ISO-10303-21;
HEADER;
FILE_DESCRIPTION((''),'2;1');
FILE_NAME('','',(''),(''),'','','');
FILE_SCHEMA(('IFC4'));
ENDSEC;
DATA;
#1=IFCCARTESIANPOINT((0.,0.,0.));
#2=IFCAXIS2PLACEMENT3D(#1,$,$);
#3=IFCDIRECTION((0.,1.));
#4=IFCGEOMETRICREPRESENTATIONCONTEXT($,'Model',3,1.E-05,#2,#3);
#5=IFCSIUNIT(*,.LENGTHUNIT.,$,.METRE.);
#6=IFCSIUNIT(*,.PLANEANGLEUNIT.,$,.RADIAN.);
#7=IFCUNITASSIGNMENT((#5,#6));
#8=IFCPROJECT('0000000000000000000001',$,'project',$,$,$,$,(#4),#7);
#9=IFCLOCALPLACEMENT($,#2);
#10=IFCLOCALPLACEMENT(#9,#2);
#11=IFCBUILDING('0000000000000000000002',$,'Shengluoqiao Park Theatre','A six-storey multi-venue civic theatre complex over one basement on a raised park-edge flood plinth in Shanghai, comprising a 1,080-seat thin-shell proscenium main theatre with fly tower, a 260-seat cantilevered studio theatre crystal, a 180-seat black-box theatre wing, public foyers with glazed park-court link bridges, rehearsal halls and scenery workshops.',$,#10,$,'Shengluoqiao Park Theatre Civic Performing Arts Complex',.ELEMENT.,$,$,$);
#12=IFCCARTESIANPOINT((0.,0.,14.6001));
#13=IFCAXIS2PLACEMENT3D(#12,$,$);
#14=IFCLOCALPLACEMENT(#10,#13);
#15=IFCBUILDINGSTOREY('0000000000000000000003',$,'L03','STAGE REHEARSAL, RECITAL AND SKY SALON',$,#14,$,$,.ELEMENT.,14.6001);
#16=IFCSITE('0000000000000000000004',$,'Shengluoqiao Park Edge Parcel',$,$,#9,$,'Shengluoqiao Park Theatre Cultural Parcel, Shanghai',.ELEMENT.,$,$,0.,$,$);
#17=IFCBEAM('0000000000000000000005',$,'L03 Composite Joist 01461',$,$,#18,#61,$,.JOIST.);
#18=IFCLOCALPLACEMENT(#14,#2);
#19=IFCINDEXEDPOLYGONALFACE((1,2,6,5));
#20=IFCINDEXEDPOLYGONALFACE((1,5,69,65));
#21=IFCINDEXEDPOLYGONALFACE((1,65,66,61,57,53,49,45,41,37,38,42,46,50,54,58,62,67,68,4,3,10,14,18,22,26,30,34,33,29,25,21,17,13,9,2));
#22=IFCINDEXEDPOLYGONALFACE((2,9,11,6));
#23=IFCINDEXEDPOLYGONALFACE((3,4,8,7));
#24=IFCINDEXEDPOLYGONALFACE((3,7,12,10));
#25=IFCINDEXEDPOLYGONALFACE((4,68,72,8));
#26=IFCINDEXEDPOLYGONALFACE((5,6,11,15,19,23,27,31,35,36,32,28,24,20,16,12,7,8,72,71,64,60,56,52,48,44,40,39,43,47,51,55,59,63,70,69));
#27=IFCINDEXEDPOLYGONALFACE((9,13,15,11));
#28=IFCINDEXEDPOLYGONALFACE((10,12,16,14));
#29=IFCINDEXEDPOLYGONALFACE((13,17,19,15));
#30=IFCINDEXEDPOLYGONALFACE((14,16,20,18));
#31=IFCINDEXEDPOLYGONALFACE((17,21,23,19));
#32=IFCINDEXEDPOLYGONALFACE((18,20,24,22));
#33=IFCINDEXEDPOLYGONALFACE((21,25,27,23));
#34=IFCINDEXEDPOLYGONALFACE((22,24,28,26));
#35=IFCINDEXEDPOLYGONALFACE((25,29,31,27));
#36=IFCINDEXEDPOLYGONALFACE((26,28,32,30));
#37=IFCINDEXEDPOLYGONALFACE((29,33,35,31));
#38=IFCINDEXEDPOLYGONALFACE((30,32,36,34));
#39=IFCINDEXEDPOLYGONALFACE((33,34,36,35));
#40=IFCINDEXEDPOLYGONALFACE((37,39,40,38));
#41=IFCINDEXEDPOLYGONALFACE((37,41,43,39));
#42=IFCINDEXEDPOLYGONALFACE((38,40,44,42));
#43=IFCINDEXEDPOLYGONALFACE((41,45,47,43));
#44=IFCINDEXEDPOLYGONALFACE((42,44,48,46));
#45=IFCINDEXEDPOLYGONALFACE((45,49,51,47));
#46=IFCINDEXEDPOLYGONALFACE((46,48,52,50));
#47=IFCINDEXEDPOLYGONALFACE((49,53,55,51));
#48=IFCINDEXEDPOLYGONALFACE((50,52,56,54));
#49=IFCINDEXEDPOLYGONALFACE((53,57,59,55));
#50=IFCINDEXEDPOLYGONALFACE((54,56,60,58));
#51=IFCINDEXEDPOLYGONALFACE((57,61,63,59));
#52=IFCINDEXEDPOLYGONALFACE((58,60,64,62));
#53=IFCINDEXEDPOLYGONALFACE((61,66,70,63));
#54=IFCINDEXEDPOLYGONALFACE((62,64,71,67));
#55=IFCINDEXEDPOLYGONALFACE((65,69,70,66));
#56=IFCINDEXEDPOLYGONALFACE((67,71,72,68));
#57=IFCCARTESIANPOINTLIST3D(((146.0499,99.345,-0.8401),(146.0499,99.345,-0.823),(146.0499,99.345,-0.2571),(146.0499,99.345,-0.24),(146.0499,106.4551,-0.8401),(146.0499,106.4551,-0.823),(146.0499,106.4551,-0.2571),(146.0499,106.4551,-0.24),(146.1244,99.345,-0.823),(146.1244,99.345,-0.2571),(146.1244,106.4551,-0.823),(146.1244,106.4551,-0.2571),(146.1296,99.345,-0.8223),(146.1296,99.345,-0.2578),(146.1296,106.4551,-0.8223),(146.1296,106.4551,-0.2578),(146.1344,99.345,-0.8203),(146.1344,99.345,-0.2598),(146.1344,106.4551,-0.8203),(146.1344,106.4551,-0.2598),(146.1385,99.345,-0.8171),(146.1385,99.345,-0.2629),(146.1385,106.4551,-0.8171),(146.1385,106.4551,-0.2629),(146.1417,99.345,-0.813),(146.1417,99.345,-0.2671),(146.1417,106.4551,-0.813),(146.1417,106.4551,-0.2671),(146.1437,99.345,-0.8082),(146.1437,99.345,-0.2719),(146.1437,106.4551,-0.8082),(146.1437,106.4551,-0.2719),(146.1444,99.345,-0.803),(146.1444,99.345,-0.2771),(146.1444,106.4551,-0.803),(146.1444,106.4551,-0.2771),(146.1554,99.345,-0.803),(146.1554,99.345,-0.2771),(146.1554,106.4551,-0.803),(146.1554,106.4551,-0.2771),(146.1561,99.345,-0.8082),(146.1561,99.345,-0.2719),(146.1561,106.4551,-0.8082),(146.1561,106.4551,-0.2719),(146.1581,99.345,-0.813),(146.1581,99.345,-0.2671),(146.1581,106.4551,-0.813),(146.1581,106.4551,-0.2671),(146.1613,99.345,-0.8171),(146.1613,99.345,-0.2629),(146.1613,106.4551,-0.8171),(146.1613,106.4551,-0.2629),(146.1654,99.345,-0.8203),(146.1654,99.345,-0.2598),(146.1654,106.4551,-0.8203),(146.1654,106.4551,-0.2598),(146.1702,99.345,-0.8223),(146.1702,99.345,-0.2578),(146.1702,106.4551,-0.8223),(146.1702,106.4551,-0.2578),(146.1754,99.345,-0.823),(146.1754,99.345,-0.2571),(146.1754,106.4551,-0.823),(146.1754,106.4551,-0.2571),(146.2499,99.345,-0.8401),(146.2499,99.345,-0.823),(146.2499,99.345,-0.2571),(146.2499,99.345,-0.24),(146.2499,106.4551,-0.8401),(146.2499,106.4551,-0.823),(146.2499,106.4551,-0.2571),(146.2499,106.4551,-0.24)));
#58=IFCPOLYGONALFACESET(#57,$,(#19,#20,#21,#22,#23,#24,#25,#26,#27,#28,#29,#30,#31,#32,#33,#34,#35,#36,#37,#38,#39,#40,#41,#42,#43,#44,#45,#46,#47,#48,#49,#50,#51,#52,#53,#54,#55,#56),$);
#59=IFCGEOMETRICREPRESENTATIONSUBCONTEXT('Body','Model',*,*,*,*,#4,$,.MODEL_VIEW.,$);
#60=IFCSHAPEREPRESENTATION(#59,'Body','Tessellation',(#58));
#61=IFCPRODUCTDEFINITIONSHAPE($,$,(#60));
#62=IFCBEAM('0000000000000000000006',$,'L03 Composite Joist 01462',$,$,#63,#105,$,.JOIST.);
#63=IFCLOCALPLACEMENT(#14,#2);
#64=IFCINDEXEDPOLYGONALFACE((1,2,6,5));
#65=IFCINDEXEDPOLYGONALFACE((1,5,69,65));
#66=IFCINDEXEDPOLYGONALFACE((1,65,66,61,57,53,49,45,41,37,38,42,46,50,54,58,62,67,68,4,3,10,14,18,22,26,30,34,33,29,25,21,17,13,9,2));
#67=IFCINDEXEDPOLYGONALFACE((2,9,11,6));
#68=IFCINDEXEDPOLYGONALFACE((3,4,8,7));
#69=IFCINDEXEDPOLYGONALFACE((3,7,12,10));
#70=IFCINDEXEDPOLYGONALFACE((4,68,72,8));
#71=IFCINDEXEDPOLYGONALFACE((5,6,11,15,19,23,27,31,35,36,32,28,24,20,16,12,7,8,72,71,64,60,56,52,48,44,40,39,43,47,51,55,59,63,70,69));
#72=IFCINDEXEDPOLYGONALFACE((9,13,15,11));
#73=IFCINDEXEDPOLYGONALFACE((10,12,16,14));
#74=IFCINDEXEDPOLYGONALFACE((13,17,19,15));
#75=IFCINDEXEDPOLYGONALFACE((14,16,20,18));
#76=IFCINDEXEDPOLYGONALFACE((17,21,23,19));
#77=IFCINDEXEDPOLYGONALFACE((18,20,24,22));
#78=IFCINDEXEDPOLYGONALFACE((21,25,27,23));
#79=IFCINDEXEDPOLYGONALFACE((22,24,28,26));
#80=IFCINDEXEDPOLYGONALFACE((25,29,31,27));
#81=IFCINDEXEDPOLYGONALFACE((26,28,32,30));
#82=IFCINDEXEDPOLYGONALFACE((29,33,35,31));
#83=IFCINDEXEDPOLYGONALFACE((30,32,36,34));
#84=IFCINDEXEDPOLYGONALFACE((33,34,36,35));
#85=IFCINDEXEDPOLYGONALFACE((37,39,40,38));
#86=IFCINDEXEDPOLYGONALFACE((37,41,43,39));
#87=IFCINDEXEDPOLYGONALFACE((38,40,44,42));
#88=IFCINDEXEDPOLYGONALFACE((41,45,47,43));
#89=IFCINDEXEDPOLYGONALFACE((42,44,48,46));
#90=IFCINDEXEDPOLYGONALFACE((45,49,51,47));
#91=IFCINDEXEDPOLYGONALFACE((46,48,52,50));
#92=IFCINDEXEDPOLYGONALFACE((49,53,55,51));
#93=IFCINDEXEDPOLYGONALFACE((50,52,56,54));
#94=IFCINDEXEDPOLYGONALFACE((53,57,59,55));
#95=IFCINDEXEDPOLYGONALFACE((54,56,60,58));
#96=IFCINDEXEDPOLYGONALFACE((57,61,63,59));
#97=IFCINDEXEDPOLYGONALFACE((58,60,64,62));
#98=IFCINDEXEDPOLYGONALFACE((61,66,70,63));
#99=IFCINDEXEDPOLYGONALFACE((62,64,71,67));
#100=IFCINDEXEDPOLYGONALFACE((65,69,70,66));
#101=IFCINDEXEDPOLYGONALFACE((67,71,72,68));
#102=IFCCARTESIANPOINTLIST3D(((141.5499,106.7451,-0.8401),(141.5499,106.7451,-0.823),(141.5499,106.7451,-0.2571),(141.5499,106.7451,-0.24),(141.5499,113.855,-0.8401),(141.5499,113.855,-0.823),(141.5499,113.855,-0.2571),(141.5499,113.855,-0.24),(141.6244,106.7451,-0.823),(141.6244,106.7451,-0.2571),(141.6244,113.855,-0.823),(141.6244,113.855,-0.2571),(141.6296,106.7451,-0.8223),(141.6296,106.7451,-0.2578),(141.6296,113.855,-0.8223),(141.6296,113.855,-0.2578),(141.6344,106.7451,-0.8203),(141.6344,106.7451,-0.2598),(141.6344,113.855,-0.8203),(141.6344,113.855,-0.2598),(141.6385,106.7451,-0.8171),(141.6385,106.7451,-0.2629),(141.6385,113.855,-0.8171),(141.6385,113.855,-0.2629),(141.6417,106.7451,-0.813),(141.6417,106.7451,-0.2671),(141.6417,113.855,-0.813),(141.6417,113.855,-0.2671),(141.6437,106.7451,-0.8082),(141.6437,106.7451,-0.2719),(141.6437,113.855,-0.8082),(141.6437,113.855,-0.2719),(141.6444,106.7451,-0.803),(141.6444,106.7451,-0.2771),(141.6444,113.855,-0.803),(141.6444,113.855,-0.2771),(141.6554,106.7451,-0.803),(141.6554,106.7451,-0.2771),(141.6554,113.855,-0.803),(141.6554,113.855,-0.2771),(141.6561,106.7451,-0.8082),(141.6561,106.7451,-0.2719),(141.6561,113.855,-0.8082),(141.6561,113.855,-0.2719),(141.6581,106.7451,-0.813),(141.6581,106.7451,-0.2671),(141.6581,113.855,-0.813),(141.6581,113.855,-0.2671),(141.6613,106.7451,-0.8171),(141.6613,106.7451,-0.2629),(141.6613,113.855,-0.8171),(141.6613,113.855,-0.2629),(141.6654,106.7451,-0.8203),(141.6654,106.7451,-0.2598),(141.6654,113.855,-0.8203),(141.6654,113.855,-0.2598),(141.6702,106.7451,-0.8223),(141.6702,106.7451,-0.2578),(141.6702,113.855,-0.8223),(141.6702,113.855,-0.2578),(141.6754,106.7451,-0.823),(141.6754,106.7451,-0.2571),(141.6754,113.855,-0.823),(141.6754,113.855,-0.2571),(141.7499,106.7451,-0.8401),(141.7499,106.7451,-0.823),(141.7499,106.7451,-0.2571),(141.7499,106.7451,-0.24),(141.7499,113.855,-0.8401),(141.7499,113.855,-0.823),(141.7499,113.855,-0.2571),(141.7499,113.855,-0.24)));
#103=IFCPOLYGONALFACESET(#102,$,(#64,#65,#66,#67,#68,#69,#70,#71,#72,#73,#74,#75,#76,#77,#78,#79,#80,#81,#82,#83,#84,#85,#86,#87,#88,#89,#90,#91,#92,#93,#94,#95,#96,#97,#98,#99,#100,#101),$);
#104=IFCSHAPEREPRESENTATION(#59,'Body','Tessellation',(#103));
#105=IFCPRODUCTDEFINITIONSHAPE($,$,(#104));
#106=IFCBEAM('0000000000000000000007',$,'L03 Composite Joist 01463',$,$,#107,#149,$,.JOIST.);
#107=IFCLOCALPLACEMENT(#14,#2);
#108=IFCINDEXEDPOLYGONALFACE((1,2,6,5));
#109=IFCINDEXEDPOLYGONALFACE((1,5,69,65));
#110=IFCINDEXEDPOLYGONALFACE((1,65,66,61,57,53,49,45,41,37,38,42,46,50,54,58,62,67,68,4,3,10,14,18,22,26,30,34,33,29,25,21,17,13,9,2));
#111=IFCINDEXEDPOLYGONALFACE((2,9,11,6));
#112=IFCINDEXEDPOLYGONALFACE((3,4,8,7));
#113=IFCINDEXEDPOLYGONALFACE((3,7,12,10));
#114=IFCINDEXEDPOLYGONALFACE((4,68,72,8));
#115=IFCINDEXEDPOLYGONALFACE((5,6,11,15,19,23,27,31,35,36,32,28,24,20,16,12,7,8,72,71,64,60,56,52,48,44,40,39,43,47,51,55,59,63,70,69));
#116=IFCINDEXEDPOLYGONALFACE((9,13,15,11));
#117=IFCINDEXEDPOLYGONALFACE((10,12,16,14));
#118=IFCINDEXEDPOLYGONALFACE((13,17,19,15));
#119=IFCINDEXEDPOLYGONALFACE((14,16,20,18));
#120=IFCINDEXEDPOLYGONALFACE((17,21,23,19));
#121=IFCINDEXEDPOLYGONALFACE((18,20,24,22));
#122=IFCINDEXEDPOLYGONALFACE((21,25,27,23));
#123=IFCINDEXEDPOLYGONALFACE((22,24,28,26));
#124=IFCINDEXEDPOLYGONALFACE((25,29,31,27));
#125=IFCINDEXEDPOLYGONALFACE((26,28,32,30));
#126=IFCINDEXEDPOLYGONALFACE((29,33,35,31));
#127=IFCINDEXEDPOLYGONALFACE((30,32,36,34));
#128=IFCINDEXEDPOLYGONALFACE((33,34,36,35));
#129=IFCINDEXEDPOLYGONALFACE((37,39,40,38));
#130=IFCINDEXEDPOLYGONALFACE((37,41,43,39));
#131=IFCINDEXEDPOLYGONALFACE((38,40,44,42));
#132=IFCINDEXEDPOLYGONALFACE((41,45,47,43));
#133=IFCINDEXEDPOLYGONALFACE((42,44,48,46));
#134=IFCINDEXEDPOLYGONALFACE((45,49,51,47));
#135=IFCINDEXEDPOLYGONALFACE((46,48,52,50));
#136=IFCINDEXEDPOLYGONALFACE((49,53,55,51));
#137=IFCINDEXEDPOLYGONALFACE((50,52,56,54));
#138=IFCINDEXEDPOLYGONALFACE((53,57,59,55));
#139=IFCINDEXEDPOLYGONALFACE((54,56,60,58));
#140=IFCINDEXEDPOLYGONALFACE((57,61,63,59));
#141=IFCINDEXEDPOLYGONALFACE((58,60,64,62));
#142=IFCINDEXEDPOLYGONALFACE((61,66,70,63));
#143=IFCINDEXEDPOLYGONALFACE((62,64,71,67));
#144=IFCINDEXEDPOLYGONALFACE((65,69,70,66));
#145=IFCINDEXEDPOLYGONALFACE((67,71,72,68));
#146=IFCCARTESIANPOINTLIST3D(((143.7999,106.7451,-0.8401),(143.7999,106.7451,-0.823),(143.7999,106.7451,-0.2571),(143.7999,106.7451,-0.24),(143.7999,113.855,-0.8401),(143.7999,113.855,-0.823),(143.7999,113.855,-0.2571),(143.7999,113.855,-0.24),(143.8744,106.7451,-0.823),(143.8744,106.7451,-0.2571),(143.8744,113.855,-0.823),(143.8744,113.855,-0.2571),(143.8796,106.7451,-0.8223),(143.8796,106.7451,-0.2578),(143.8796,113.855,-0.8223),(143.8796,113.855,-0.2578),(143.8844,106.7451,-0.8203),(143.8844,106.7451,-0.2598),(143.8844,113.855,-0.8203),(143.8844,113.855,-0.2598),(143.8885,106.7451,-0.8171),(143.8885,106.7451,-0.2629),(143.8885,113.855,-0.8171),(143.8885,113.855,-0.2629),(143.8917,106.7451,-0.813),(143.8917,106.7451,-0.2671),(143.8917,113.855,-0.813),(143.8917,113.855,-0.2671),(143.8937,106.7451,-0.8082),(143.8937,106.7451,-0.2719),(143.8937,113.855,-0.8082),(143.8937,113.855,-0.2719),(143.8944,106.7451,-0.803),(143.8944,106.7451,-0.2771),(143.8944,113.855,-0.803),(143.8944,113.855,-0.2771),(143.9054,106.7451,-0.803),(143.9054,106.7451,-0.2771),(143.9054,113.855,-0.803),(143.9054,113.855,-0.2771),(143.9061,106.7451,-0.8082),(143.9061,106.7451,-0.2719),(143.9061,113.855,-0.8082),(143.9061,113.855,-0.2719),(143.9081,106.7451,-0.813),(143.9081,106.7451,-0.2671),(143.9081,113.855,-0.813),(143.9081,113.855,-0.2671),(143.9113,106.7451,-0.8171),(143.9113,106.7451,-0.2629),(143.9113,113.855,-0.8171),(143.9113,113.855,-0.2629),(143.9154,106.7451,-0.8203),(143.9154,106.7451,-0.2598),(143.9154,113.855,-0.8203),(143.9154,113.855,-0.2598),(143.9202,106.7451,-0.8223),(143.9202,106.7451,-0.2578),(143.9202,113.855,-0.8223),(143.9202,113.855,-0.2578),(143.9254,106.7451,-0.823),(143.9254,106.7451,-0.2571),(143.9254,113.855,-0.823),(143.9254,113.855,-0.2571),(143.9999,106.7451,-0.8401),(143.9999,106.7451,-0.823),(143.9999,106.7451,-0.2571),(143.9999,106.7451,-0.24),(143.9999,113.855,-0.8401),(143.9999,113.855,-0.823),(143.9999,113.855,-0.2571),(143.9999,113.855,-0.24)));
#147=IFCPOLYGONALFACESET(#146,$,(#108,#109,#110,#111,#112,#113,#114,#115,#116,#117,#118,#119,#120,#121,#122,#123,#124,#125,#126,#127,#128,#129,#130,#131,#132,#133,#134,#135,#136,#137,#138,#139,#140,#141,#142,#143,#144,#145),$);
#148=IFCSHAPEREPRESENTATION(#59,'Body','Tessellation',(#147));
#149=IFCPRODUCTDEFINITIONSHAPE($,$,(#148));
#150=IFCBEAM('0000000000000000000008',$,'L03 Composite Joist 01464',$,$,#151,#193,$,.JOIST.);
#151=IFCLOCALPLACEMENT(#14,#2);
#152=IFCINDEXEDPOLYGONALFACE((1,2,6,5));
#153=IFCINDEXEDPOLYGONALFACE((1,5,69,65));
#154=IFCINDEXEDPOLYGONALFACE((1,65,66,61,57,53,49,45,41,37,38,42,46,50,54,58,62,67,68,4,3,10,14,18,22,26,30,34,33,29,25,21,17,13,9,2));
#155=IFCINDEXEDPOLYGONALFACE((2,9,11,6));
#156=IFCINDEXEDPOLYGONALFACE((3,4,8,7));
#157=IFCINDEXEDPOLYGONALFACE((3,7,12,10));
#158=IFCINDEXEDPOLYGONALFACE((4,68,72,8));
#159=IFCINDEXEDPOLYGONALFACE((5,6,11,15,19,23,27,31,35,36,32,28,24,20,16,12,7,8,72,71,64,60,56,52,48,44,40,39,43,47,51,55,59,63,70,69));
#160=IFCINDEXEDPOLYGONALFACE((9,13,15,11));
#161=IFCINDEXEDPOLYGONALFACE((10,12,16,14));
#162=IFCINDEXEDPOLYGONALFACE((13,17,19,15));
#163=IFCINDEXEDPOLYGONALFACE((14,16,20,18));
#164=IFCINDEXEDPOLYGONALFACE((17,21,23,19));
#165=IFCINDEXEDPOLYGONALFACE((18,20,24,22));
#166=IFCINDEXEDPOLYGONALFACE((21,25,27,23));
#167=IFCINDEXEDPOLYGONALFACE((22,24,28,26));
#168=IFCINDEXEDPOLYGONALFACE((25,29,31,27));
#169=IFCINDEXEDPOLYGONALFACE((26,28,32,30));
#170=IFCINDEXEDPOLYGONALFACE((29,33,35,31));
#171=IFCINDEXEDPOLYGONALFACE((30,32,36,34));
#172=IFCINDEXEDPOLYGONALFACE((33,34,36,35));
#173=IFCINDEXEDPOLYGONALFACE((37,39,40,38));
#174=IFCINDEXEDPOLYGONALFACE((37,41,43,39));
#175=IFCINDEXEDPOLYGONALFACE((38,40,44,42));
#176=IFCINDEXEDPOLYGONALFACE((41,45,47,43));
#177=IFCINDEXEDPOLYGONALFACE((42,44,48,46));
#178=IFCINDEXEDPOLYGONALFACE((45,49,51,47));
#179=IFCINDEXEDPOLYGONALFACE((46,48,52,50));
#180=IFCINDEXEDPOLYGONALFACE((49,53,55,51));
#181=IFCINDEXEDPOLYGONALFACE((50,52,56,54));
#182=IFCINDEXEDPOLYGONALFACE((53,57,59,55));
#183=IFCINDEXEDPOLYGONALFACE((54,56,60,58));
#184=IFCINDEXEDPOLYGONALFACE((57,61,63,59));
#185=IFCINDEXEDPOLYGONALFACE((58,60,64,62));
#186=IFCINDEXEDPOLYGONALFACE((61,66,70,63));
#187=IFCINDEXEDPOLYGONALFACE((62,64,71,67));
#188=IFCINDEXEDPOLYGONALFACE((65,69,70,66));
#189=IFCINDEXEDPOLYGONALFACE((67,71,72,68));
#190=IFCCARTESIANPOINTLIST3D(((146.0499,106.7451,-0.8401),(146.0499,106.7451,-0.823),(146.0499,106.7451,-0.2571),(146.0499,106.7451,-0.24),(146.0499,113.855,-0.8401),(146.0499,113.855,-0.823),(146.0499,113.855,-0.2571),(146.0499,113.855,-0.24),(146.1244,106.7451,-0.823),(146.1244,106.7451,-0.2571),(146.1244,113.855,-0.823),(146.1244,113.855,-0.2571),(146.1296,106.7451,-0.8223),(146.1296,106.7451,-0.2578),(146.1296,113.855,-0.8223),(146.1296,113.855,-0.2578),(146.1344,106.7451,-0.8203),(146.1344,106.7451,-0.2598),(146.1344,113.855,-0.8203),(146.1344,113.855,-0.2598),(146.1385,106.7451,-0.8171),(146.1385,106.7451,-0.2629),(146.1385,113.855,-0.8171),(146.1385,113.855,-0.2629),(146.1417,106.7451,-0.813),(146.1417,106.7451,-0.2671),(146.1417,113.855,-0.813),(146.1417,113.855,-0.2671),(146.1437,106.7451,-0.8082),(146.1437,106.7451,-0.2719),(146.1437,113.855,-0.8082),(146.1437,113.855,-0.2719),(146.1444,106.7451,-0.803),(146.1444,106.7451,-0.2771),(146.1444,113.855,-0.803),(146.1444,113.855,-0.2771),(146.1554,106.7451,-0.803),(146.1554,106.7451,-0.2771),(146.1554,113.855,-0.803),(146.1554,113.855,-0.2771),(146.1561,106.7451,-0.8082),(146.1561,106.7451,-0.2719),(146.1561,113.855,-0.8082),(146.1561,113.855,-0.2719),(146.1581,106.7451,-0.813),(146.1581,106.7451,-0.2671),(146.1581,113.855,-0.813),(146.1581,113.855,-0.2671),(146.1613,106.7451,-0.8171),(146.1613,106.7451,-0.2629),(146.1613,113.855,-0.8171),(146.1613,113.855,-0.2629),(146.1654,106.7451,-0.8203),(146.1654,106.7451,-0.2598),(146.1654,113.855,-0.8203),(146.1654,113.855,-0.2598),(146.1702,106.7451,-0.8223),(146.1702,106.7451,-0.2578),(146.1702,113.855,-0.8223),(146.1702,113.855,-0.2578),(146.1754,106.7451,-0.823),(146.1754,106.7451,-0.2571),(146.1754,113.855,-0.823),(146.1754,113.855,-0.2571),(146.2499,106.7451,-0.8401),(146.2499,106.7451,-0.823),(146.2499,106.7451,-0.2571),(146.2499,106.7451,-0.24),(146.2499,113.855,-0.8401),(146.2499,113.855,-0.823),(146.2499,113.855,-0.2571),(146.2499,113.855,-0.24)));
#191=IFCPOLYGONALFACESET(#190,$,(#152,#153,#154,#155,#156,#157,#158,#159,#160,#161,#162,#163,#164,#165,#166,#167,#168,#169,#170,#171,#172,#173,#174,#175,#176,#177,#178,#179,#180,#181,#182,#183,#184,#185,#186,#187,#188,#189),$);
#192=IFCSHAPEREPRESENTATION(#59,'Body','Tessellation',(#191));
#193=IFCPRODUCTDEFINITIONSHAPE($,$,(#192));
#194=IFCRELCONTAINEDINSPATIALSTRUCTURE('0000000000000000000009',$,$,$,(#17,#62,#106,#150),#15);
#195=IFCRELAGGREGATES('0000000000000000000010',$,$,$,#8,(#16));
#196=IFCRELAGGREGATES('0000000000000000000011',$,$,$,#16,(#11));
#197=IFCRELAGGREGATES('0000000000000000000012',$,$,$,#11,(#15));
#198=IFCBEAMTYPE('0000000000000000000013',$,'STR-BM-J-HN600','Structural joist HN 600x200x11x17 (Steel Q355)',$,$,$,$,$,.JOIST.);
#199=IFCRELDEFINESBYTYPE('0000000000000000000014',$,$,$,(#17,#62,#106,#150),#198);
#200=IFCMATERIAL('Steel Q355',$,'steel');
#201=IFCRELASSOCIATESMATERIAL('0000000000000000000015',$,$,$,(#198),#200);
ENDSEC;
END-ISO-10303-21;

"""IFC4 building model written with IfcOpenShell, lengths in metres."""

from ifc_helpers import new_model, si_unit, direction, frame, origin, origin_2d, place, context, subcontext, project, spatial, i_section, extrude, material, material_profile, profile_set, type_object, element, save


model = new_model("IFC4")

# Units and contexts
model_context = context("Model", 3, precision=1e-05, world=origin(), true_north=direction((0.0, 1.0)))
body_context = subcontext(model_context, "Body", "Model", "MODEL_VIEW")
ifc_project = project(units=[si_unit("LENGTHUNIT", "METRE"), si_unit("PLANEANGLEUNIT", "RADIAN")], contexts=[model_context])

# Site, building, storey
site_placement = place(None, origin())
site = spatial("IfcSite", under=ifc_project, at=site_placement, Name="Shengluoqiao Park Edge Parcel", LongName="Shengluoqiao Park Theatre Cultural Parcel, Shanghai", CompositionType="ELEMENT", RefElevation=0.0)
building_placement = place(site_placement, origin())
building = spatial("IfcBuilding", under=site, at=building_placement, Name="Shengluoqiao Park Theatre", Description="A six-storey multi-venue civic theatre complex over one basement on a raised park-edge flood plinth in Shanghai, comprising a 1,080-seat thin-shell proscenium main theatre with fly tower, a 260-seat cantilevered studio theatre crystal, a 180-seat black-box theatre wing, public foyers with glazed park-court link bridges, rehearsal halls and scenery workshops.", LongName="Shengluoqiao Park Theatre Civic Performing Arts Complex", CompositionType="ELEMENT")
storey_placement = place(building_placement, frame((0.0, 0.0, 14.6001)))
storey = spatial("IfcBuildingStorey", under=building, at=storey_placement, Name="L03", Description="STAGE REHEARSAL, RECITAL AND SKY SALON", CompositionType="ELEMENT", Elevation=14.6001)

# Beams
ifc_material_1 = material(Name="Steel Q355", Category="steel")
ifc_material_profile_1 = material_profile(ifc_material_1, i_section(OverallWidth=0.2, OverallDepth=0.6001, WebThickness=0.011, FlangeThickness=0.0171, FilletRadius=0.02, at=origin_2d()), Name="HN 600x200x11x17")
ifc_profile_set_1 = profile_set([ifc_material_profile_1], Name="Steel Q355")
beam_type_1 = type_object("IfcBeamType", Name="STR-BM-J-HN600", Description="Structural joist HN 600x200x11x17 (Steel Q355)", PredefinedType="JOIST", material=ifc_profile_set_1)
beam_1_placement = place(storey_placement, frame((146.1499, 99.345, -0.54), z_axis=(0.0, 1.0, 0.0), x_axis=(-1.0, 0.0, 0.0)))
element("IfcBeam", 1, at=beam_1_placement, inside=storey, type_object=beam_type_1, Name="L03 Composite Joist 01461", PredefinedType="JOIST", context=body_context, shape_type="SweptSolid", body=[
    extrude(i_section(OverallWidth=0.2, OverallDepth=0.6001, WebThickness=0.011, FlangeThickness=0.0171, FilletRadius=0.02, at=origin_2d()), origin(), (0.0, 0.0, 1.0), 7.1101),
])
for number, where, z_axis, x_axis, name in (
    (2, (141.6499, 106.7451, -0.54), (0.0, 1.0, 0.0), (-1.0, 0.0, 0.0), "L03 Composite Joist 01462"),
    (3, (143.8999, 106.7451, -0.54), (0.0, 1.0, 0.0), (-1.0, 0.0, 0.0), "L03 Composite Joist 01463"),
    (4, (146.1499, 106.7451, -0.54), (0.0, 1.0, 0.0), (-1.0, 0.0, 0.0), "L03 Composite Joist 01464"),
):
    element("IfcBeam", number, at=place(storey_placement, frame(where, z_axis=z_axis, x_axis=x_axis)), inside=storey, type_object=beam_type_1, Name=name, PredefinedType="JOIST", context=body_context, shape_type="SweptSolid", body=[
        extrude(i_section(OverallWidth=0.2, OverallDepth=0.6001, WebThickness=0.011, FlangeThickness=0.0171, FilletRadius=0.02, at=origin_2d()), origin(), (0.0, 0.0, 1.0), 7.1099),
    ])

save(model, "model.ifc")
